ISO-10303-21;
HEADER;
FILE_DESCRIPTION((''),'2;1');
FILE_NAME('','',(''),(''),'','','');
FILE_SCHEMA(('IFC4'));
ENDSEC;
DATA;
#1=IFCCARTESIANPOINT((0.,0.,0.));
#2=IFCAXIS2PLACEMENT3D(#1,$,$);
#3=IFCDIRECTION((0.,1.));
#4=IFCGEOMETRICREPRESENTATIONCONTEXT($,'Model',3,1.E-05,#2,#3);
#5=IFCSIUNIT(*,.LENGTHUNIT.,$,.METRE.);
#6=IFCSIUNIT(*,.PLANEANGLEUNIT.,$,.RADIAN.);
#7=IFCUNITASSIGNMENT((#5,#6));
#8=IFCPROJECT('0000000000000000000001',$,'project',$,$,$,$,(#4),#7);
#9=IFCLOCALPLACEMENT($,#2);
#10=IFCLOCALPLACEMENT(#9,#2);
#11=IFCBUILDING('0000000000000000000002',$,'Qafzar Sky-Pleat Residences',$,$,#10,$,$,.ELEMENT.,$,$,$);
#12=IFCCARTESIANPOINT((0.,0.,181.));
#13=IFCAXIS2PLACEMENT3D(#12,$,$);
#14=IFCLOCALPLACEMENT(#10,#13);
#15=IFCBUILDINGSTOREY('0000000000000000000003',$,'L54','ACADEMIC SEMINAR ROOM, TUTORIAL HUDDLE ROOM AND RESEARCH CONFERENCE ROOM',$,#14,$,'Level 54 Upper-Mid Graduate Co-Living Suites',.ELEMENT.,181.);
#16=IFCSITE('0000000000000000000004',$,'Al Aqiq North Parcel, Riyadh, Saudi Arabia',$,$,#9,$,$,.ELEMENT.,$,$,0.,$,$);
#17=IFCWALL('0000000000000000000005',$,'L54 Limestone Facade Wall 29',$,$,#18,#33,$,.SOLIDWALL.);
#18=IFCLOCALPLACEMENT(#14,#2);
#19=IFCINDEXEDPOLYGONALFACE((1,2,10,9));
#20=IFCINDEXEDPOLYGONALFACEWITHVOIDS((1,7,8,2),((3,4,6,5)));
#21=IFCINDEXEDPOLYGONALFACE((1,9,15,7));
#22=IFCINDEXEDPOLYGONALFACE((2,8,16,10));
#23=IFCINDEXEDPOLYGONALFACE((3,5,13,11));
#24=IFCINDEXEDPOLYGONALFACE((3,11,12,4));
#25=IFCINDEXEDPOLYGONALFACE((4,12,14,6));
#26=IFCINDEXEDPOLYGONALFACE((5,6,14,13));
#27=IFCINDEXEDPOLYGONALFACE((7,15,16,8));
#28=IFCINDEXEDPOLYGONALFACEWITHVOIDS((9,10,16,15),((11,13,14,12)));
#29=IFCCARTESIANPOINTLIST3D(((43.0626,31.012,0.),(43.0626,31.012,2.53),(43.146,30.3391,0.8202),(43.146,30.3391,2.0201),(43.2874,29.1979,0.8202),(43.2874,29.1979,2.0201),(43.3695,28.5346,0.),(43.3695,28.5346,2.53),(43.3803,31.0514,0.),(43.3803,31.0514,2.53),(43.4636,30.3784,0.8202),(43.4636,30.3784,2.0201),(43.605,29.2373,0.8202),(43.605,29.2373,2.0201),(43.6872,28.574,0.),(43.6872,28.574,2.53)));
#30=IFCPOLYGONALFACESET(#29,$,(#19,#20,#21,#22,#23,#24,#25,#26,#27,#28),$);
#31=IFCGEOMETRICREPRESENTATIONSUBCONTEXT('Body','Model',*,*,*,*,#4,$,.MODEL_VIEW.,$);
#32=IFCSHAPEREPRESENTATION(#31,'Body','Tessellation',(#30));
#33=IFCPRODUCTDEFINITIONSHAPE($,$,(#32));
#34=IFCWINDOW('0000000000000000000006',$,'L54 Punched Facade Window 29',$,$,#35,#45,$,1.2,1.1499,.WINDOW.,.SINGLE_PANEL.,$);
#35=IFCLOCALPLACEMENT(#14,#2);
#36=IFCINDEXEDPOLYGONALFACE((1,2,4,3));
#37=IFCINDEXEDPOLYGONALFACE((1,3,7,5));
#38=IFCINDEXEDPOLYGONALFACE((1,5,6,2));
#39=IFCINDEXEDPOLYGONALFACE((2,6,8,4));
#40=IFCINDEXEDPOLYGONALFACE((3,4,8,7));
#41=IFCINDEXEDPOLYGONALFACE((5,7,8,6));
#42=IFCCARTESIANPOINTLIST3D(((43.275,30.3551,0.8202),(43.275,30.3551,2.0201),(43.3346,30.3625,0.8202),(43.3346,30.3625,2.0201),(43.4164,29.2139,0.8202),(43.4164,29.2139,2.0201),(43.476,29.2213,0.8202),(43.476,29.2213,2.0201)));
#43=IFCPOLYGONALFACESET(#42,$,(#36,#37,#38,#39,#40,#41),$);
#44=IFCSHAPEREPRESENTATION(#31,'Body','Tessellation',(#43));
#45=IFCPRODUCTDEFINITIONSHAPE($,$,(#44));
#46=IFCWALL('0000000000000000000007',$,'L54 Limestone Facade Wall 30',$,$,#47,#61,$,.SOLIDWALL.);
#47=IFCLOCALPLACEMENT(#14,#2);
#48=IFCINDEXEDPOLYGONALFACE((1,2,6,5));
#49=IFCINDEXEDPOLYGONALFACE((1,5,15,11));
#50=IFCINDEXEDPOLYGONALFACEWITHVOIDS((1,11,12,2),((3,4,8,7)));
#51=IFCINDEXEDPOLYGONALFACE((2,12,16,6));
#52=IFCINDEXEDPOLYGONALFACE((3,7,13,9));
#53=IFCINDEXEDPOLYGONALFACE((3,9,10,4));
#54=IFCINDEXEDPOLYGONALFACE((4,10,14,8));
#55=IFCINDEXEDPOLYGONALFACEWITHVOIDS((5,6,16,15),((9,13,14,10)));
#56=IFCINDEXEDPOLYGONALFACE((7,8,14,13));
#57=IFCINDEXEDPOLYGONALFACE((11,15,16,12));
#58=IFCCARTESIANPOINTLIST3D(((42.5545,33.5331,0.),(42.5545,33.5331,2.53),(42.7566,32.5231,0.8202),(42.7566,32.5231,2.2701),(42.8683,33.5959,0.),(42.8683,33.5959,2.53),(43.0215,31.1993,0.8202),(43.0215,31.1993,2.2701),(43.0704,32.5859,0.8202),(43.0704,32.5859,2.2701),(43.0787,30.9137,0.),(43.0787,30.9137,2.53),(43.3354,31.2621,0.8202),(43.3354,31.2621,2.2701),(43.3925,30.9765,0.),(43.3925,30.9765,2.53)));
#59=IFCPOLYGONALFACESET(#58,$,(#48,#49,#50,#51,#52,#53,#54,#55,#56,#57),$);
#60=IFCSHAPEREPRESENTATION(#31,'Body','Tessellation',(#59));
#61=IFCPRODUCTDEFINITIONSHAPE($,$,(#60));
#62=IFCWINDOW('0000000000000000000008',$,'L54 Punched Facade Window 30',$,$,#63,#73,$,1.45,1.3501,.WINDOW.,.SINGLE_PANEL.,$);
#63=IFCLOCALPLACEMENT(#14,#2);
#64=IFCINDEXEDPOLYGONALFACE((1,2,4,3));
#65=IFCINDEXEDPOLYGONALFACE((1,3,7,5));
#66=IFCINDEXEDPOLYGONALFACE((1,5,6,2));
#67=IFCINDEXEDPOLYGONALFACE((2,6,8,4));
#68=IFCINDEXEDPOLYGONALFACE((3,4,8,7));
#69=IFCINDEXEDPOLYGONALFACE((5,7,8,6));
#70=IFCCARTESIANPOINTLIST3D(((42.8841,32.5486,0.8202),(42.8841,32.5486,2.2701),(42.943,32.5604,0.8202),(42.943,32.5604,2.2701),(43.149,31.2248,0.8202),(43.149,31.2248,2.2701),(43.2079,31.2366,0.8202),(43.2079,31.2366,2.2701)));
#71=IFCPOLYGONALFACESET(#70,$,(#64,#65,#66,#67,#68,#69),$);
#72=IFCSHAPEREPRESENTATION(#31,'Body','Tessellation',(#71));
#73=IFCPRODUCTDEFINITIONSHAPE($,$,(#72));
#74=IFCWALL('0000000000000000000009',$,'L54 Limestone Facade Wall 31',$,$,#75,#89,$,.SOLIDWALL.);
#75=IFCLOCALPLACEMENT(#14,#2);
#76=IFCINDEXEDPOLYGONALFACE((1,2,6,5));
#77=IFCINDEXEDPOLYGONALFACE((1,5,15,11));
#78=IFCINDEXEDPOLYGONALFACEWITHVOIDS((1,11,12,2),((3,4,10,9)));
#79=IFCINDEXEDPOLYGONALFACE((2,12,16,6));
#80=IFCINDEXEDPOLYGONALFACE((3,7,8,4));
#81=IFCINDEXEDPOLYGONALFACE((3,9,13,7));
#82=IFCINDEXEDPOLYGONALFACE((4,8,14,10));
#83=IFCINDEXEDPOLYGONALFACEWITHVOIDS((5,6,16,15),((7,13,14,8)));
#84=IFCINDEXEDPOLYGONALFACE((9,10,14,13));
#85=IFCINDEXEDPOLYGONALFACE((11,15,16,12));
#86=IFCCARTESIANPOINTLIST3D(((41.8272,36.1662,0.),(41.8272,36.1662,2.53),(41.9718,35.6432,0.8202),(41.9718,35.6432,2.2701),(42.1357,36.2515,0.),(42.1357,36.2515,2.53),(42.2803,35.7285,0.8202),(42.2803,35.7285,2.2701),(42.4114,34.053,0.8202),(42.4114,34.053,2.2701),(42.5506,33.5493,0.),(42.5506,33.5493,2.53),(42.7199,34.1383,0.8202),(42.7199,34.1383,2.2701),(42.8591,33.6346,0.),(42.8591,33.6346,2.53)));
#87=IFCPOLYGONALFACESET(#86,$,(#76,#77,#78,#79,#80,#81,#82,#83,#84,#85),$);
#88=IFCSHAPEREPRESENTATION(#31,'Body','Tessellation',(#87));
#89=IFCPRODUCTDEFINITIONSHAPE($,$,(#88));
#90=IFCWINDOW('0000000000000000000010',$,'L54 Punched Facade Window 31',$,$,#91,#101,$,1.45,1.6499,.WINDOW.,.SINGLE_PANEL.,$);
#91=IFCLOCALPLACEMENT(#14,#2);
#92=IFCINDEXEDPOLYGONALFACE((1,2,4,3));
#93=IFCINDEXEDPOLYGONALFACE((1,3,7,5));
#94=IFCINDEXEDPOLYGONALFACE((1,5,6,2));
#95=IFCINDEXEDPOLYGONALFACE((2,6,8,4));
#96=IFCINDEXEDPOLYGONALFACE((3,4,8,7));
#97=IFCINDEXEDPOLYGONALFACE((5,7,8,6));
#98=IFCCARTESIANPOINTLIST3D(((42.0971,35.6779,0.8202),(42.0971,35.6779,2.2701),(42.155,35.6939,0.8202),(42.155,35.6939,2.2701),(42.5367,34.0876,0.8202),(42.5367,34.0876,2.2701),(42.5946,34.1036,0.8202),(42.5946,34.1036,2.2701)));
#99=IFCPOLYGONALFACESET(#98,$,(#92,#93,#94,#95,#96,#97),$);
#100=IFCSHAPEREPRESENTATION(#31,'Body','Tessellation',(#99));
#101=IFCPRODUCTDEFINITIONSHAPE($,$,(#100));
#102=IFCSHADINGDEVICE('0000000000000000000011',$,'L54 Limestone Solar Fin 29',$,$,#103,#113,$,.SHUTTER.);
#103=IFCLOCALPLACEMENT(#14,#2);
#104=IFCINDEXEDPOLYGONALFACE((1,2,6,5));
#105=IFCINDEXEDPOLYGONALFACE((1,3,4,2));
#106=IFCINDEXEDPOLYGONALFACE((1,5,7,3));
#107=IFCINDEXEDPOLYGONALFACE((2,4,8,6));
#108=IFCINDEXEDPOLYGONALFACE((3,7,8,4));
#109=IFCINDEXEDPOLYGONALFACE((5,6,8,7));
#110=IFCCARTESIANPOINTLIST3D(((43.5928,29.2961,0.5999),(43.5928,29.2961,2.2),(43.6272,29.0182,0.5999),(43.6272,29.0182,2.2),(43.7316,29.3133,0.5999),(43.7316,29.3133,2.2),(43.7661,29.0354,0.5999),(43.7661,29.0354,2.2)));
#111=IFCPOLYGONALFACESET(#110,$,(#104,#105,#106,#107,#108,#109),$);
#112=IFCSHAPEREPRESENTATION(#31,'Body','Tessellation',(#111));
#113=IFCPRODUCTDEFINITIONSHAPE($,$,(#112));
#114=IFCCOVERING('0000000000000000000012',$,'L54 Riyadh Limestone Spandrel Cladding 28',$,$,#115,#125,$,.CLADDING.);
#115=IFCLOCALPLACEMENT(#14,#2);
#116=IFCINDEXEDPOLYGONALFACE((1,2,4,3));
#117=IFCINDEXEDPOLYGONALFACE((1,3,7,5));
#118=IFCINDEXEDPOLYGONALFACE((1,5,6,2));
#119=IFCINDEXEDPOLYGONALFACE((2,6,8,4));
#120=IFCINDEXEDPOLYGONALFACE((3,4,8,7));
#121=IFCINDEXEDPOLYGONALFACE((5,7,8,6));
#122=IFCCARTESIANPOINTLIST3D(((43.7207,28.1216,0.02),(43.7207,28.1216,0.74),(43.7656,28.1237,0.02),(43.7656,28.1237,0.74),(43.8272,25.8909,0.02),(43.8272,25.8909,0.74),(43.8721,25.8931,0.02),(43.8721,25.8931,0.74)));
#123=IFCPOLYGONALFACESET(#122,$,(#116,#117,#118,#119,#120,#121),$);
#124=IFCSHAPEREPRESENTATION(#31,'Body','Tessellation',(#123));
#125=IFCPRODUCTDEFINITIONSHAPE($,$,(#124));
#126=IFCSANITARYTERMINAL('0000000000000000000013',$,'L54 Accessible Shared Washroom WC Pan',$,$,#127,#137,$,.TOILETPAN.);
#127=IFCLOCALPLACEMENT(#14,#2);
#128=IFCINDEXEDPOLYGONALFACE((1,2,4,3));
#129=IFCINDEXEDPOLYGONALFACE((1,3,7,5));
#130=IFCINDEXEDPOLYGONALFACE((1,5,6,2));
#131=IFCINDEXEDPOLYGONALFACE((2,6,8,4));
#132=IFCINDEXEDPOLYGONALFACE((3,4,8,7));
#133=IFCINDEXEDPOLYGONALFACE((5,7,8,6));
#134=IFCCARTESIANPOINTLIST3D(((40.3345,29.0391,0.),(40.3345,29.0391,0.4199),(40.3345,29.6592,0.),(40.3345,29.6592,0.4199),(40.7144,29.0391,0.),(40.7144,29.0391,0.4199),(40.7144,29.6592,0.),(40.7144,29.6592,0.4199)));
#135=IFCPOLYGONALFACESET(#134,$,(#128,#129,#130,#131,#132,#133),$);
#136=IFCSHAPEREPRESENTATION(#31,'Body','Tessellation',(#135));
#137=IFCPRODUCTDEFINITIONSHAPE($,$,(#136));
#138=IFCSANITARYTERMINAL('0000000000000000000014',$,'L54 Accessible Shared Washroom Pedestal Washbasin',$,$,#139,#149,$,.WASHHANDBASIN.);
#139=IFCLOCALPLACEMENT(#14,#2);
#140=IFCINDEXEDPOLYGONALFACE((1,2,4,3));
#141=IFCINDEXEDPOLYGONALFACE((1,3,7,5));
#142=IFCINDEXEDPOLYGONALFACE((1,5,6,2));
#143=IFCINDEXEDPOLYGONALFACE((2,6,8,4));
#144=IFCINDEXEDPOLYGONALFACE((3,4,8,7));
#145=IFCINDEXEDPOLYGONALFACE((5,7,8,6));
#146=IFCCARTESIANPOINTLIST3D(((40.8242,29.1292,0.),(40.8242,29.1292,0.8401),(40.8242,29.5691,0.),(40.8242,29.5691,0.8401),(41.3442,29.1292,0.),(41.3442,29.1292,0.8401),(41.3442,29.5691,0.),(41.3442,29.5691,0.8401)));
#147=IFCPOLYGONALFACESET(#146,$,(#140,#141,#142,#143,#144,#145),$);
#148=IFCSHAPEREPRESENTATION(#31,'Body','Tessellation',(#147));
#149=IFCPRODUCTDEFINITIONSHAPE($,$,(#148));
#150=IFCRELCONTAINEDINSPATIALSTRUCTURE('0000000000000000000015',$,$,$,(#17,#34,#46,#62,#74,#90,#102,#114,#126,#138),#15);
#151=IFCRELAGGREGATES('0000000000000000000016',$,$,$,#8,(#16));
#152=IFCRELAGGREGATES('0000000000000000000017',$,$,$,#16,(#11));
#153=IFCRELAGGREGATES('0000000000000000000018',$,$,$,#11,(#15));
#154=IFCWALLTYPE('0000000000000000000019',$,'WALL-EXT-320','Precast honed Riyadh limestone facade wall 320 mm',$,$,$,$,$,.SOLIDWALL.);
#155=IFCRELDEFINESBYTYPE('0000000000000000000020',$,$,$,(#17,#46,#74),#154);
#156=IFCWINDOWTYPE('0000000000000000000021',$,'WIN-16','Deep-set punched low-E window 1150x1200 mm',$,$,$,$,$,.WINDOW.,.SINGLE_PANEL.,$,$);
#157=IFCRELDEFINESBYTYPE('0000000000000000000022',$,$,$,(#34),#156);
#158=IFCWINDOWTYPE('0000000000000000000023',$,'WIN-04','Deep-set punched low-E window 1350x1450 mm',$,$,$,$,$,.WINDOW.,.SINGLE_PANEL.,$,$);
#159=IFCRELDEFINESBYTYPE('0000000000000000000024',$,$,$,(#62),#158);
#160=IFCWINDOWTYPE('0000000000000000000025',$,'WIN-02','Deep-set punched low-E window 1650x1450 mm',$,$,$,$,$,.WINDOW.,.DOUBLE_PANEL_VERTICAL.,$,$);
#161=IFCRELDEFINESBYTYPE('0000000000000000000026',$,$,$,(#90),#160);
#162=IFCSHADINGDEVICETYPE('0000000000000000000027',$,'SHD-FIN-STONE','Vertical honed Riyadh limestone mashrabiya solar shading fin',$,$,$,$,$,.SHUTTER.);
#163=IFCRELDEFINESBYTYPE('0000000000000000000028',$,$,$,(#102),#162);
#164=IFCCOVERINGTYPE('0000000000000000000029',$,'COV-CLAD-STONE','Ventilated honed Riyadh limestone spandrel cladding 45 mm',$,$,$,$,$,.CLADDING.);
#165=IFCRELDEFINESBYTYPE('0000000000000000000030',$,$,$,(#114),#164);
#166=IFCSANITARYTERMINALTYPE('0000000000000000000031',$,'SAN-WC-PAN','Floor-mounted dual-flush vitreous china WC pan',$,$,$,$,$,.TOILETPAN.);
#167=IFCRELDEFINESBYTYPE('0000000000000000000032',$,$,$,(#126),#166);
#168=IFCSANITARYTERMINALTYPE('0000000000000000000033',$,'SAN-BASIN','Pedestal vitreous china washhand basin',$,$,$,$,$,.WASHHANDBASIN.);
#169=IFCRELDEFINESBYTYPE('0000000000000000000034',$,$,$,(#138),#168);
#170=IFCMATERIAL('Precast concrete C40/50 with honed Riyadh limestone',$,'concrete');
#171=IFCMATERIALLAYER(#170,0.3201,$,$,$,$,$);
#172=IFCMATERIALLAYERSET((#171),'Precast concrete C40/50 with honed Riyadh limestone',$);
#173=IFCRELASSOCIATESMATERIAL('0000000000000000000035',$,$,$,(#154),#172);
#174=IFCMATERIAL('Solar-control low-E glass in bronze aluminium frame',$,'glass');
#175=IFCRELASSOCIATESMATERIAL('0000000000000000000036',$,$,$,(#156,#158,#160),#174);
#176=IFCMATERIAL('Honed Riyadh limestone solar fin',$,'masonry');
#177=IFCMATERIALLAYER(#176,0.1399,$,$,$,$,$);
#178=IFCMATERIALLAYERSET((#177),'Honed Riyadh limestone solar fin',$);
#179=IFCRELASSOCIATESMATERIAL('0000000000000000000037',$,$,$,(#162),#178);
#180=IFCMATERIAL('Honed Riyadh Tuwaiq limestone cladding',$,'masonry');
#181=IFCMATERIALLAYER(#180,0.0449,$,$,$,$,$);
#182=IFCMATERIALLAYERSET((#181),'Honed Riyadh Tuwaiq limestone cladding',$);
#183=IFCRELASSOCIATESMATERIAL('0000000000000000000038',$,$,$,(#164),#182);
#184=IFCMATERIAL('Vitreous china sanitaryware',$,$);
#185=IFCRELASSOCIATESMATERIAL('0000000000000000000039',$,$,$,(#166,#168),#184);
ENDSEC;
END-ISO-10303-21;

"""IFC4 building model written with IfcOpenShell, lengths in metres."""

from ifc_helpers import new_model, si_unit, direction, frame, frame_2d, origin, origin_2d, place, context, subcontext, project, spatial, rectangle, extrude, source, transform, mapped, material, layer, layer_set, type_object, element, fill, save


model = new_model("IFC4")

# Units and contexts
model_context = context("Model", 3, precision=1e-05, world=origin(), true_north=direction((0.0, 1.0)))
body_context = subcontext(model_context, "Body", "Model", "MODEL_VIEW")
ifc_project = project(units=[si_unit("LENGTHUNIT", "METRE"), si_unit("PLANEANGLEUNIT", "RADIAN")], contexts=[model_context])

# Site, building, storey
site_placement = place(None, origin())
site = spatial("IfcSite", under=ifc_project, at=site_placement, Name="Al Aqiq North Parcel, Riyadh, Saudi Arabia", CompositionType="ELEMENT", RefElevation=0.0)
building_placement = place(site_placement, origin())
building = spatial("IfcBuilding", under=site, at=building_placement, Name="Qafzar Sky-Pleat Residences", CompositionType="ELEMENT")
storey_placement = place(building_placement, frame((0.0, 0.0, 181.0)))
storey = spatial("IfcBuildingStorey", under=building, at=storey_placement, Name="L54", Description="ACADEMIC SEMINAR ROOM, TUTORIAL HUDDLE ROOM AND RESEARCH CONFERENCE ROOM", LongName="Level 54 Upper-Mid Graduate Co-Living Suites", CompositionType="ELEMENT", Elevation=181.0)

# Walls, openings, windows
ifc_material_1 = material(Name="Precast concrete C40/50 with honed Riyadh limestone", Category="concrete")
ifc_layer_1 = layer(ifc_material_1, 0.3201)
ifc_layer_set_1 = layer_set([ifc_layer_1], Name="Precast concrete C40/50 with honed Riyadh limestone")
wall_type_1 = type_object("IfcWallType", Name="WALL-EXT-320", Description="Precast honed Riyadh limestone facade wall 320 mm", PredefinedType="SOLIDWALL", material=ifc_layer_set_1)
wall_1_placement = place(storey_placement, frame((43.5283, 28.5544, 0.0), z_axis=(0.0, 0.0, 1.0), x_axis=(-0.122939, 0.992414, 0.0)))
wall_1 = element("IfcWall", 1, at=wall_1_placement, inside=storey, type_object=wall_type_1, Name="L54 Limestone Facade Wall 29", PredefinedType="SOLIDWALL", context=body_context, shape_type="SweptSolid", body=[
    extrude(rectangle(XDim=2.4963, YDim=0.3201, at=frame_2d((1.248, 0.0))), origin(), (0.0, 0.0, 1.0), 2.53),
])
opening_1_placement = place(wall_1_placement, frame((0.6682, 0.0, 0.8201)))
opening_1 = element("IfcOpeningElement", 2, at=opening_1_placement, cuts=wall_1, PredefinedType="OPENING", context=body_context, shape_type="SweptSolid", body=[
    extrude(rectangle(XDim=1.1499, YDim=1.2, at=frame_2d((0.575, 0.6001))), frame((0.0, 0.1699, 0.0), z_axis=(0.0, -1.0, 0.0), x_axis=(1.0, 0.0, 0.0)), (0.0, 0.0, 1.0), 0.3401),
])
ifc_material_2 = material(Name="Solar-control low-E glass in bronze aluminium frame", Category="glass")
window_type_1 = type_object("IfcWindowType", Name="WIN-16", Description="Deep-set punched low-E window 1150x1200 mm", PartitioningType="SINGLE_PANEL", PredefinedType="WINDOW", material=ifc_material_2)
shared_shape_1 = source(origin(), body_context, "Body", "SweptSolid", [
    extrude(rectangle(XDim=1.1499, YDim=1.2, at=frame_2d((0.575, 0.6001))), frame((0.0, 0.03, 0.0), z_axis=(0.0, -1.0, 0.0), x_axis=(1.0, 0.0, 0.0)), (0.0, 0.0, 1.0), 0.0601),
])
window_1_placement = place(opening_1_placement, origin())
window_1 = element("IfcWindow", 3, at=window_1_placement, inside=storey, type_object=window_type_1, Name="L54 Punched Facade Window 29", OverallHeight=1.2, OverallWidth=1.1499, PartitioningType="SINGLE_PANEL", PredefinedType="WINDOW", context=body_context, shape_type="MappedRepresentation", body=[
    mapped(shared_shape_1, transform((0.0, 0.0, 0.0), x_axis=(1.0, 0.0, 0.0), y_axis=(0.0, 1.0, 0.0), z_axis=(0.0, 0.0, 1.0), scale=1.0)),
])
fill(opening_1, window_1)
wall_2_placement = place(storey_placement, frame((43.2356, 30.9451, 0.0), z_axis=(0.0, 0.0, 1.0), x_axis=(-0.196222, 0.98056, 0.0)))
wall_2 = element("IfcWall", 4, at=wall_2_placement, inside=storey, type_object=wall_type_1, Name="L54 Limestone Facade Wall 30", PredefinedType="SOLIDWALL", context=body_context, shape_type="SweptSolid", body=[
    extrude(rectangle(XDim=2.6714, YDim=0.3201, at=frame_2d((1.3357, 0.0))), origin(), (0.0, 0.0, 1.0), 2.53),
])
opening_2_placement = place(wall_2_placement, frame((0.2913, 0.0, 0.8201)))
opening_2 = element("IfcOpeningElement", 5, at=opening_2_placement, cuts=wall_2, PredefinedType="OPENING", context=body_context, shape_type="SweptSolid", body=[
    extrude(rectangle(XDim=1.3501, YDim=1.45, at=frame_2d((0.675, 0.7251))), frame((0.0, 0.1699, 0.0), z_axis=(0.0, -1.0, 0.0), x_axis=(1.0, 0.0, 0.0)), (0.0, 0.0, 1.0), 0.3401),
])
window_type_2 = type_object("IfcWindowType", Name="WIN-04", Description="Deep-set punched low-E window 1350x1450 mm", PartitioningType="SINGLE_PANEL", PredefinedType="WINDOW", material=ifc_material_2)
shared_shape_2 = source(origin(), body_context, "Body", "SweptSolid", [
    extrude(rectangle(XDim=1.3501, YDim=1.45, at=frame_2d((0.675, 0.7251))), frame((0.0, 0.03, 0.0), z_axis=(0.0, -1.0, 0.0), x_axis=(1.0, 0.0, 0.0)), (0.0, 0.0, 1.0), 0.0601),
])
window_2_placement = place(opening_2_placement, origin())
window_2 = element("IfcWindow", 6, at=window_2_placement, inside=storey, type_object=window_type_2, Name="L54 Punched Facade Window 30", OverallHeight=1.45, OverallWidth=1.3501, PartitioningType="SINGLE_PANEL", PredefinedType="WINDOW", context=body_context, shape_type="MappedRepresentation", body=[
    mapped(shared_shape_2, transform((0.0, 0.0, 0.0), x_axis=(1.0, 0.0, 0.0), y_axis=(0.0, 1.0, 0.0), z_axis=(0.0, 0.0, 1.0), scale=1.0)),
])
fill(opening_2, window_2)
wall_3_placement = place(storey_placement, frame((42.7048, 33.592, 0.0), z_axis=(0.0, 0.0, 1.0), x_axis=(-0.266433, 0.963853, 0.0)))
wall_3 = element("IfcWall", 7, at=wall_3_placement, inside=storey, type_object=wall_type_1, Name="L54 Limestone Facade Wall 31", PredefinedType="SOLIDWALL", context=body_context, shape_type="SweptSolid", body=[
    extrude(rectangle(XDim=2.7151, YDim=0.3201, at=frame_2d((1.3574, 0.0))), origin(), (0.0, 0.0, 1.0), 2.53),
])
opening_3_placement = place(wall_3_placement, frame((0.5225, 0.0, 0.8201)))
opening_3 = element("IfcOpeningElement", 8, at=opening_3_placement, cuts=wall_3, PredefinedType="OPENING", context=body_context, shape_type="SweptSolid", body=[
    extrude(rectangle(XDim=1.6499, YDim=1.45, at=frame_2d((0.825, 0.7251))), frame((0.0, 0.1699, 0.0), z_axis=(0.0, -1.0, 0.0), x_axis=(1.0, 0.0, 0.0)), (0.0, 0.0, 1.0), 0.3401),
])
window_type_3 = type_object("IfcWindowType", Name="WIN-02", Description="Deep-set punched low-E window 1650x1450 mm", PartitioningType="DOUBLE_PANEL_VERTICAL", PredefinedType="WINDOW", material=ifc_material_2)
shared_shape_3 = source(origin(), body_context, "Body", "SweptSolid", [
    extrude(rectangle(XDim=1.6499, YDim=1.45, at=frame_2d((0.825, 0.7251))), frame((0.0, 0.03, 0.0), z_axis=(0.0, -1.0, 0.0), x_axis=(1.0, 0.0, 0.0)), (0.0, 0.0, 1.0), 0.0601),
])
window_3_placement = place(opening_3_placement, origin())
window_3 = element("IfcWindow", 9, at=window_3_placement, inside=storey, type_object=window_type_3, Name="L54 Punched Facade Window 31", OverallHeight=1.45, OverallWidth=1.6499, PartitioningType="SINGLE_PANEL", PredefinedType="WINDOW", context=body_context, shape_type="MappedRepresentation", body=[
    mapped(shared_shape_3, transform((0.0, 0.0, 0.0), x_axis=(1.0, 0.0, 0.0), y_axis=(0.0, 1.0, 0.0), z_axis=(0.0, 0.0, 1.0), scale=1.0)),
])
fill(opening_3, window_3)

# Shading device
ifc_material_3 = material(Name="Honed Riyadh limestone solar fin", Category="masonry")
ifc_layer_2 = layer(ifc_material_3, 0.1399)
ifc_layer_set_2 = layer_set([ifc_layer_2], Name="Honed Riyadh limestone solar fin")
shading_device_type = type_object("IfcShadingDeviceType", Name="SHD-FIN-STONE", Description="Vertical honed Riyadh limestone mashrabiya solar shading fin", PredefinedType="SHUTTER", material=ifc_layer_set_2)
shared_shape_4 = source(origin(), body_context, "Body", "SweptSolid", [
    extrude(rectangle(XDim=0.1399, YDim=0.28, at=origin_2d()), origin(), (0.0, 0.0, 1.0), 1.6001),
])
shading_device_placement = place(storey_placement, frame((43.6794, 29.1658, 0.5999), z_axis=(0.0, 0.0, 1.0), x_axis=(0.992415, 0.122937, 0.0)))
element("IfcShadingDevice", 10, at=shading_device_placement, inside=storey, type_object=shading_device_type, Name="L54 Limestone Solar Fin 29", PredefinedType="SHUTTER", context=body_context, shape_type="MappedRepresentation", body=[
    mapped(shared_shape_4, transform((0.0, 0.0, 0.0), x_axis=(1.0, 0.0, 0.0), y_axis=(0.0, 1.0, 0.0), z_axis=(0.0, 0.0, 1.0), scale=1.0)),
])

# Covering
ifc_material_4 = material(Name="Honed Riyadh Tuwaiq limestone cladding", Category="masonry")
ifc_layer_3 = layer(ifc_material_4, 0.0449)
ifc_layer_set_3 = layer_set([ifc_layer_3], Name="Honed Riyadh Tuwaiq limestone cladding")
covering_type = type_object("IfcCoveringType", Name="COV-CLAD-STONE", Description="Ventilated honed Riyadh limestone spandrel cladding 45 mm", PredefinedType="CLADDING", material=ifc_layer_set_3)
shared_shape_5 = source(origin(), body_context, "Body", "SweptSolid", [
    extrude(rectangle(XDim=2.2332, YDim=0.0449, at=origin_2d()), origin(), (0.0, 0.0, 1.0), 0.72),
])
covering_placement = place(storey_placement, frame((43.7964, 27.0073, 0.02), z_axis=(0.0, 0.0, 1.0), x_axis=(-0.047674, 0.998863, 0.0)))
element("IfcCovering", 11, at=covering_placement, inside=storey, type_object=covering_type, Name="L54 Riyadh Limestone Spandrel Cladding 28", PredefinedType="CLADDING", context=body_context, shape_type="MappedRepresentation", body=[
    mapped(shared_shape_5, transform((0.0, 0.0, 0.0), x_axis=(1.0, 0.0, 0.0), y_axis=(0.0, 1.0, 0.0), z_axis=(0.0, 0.0, 1.0), scale=1.0)),
])

# Sanitary terminals
ifc_material_5 = material(Name="Vitreous china sanitaryware")
sanitary_terminal_type_1 = type_object("IfcSanitaryTerminalType", Name="SAN-WC-PAN", Description="Floor-mounted dual-flush vitreous china WC pan", PredefinedType="TOILETPAN", material=ifc_material_5)
shared_shape_6 = source(origin(), body_context, "Body", "SweptSolid", [
    extrude(rectangle(XDim=0.3799, YDim=0.6201, at=origin_2d()), origin(), (0.0, 0.0, 1.0), 0.4199),
])
sanitary_terminal_1_placement = place(storey_placement, frame((40.5244, 29.3491, 0.0), z_axis=(0.0, 0.0, 1.0), x_axis=(1.0, 0.0, 0.0)))
element("IfcSanitaryTerminal", 12, at=sanitary_terminal_1_placement, inside=storey, type_object=sanitary_terminal_type_1, Name="L54 Accessible Shared Washroom WC Pan", PredefinedType="TOILETPAN", context=body_context, shape_type="MappedRepresentation", body=[
    mapped(shared_shape_6, transform((0.0, 0.0, 0.0), x_axis=(1.0, 0.0, 0.0), y_axis=(0.0, 1.0, 0.0), z_axis=(0.0, 0.0, 1.0), scale=1.0)),
])
sanitary_terminal_type_2 = type_object("IfcSanitaryTerminalType", Name="SAN-BASIN", Description="Pedestal vitreous china washhand basin", PredefinedType="WASHHANDBASIN", material=ifc_material_5)
shared_shape_7 = source(origin(), body_context, "Body", "SweptSolid", [
    extrude(rectangle(XDim=0.52, YDim=0.4399, at=origin_2d()), origin(), (0.0, 0.0, 1.0), 0.8401),
])
sanitary_terminal_2_placement = place(storey_placement, frame((41.0842, 29.3491, 0.0), z_axis=(0.0, 0.0, 1.0), x_axis=(1.0, 0.0, 0.0)))
element("IfcSanitaryTerminal", 13, at=sanitary_terminal_2_placement, inside=storey, type_object=sanitary_terminal_type_2, Name="L54 Accessible Shared Washroom Pedestal Washbasin", PredefinedType="WASHHANDBASIN", context=body_context, shape_type="MappedRepresentation", body=[
    mapped(shared_shape_7, transform((0.0, 0.0, 0.0), x_axis=(1.0, 0.0, 0.0), y_axis=(0.0, 1.0, 0.0), z_axis=(0.0, 0.0, 1.0), scale=1.0)),
])

save(model, "model.ifc")
